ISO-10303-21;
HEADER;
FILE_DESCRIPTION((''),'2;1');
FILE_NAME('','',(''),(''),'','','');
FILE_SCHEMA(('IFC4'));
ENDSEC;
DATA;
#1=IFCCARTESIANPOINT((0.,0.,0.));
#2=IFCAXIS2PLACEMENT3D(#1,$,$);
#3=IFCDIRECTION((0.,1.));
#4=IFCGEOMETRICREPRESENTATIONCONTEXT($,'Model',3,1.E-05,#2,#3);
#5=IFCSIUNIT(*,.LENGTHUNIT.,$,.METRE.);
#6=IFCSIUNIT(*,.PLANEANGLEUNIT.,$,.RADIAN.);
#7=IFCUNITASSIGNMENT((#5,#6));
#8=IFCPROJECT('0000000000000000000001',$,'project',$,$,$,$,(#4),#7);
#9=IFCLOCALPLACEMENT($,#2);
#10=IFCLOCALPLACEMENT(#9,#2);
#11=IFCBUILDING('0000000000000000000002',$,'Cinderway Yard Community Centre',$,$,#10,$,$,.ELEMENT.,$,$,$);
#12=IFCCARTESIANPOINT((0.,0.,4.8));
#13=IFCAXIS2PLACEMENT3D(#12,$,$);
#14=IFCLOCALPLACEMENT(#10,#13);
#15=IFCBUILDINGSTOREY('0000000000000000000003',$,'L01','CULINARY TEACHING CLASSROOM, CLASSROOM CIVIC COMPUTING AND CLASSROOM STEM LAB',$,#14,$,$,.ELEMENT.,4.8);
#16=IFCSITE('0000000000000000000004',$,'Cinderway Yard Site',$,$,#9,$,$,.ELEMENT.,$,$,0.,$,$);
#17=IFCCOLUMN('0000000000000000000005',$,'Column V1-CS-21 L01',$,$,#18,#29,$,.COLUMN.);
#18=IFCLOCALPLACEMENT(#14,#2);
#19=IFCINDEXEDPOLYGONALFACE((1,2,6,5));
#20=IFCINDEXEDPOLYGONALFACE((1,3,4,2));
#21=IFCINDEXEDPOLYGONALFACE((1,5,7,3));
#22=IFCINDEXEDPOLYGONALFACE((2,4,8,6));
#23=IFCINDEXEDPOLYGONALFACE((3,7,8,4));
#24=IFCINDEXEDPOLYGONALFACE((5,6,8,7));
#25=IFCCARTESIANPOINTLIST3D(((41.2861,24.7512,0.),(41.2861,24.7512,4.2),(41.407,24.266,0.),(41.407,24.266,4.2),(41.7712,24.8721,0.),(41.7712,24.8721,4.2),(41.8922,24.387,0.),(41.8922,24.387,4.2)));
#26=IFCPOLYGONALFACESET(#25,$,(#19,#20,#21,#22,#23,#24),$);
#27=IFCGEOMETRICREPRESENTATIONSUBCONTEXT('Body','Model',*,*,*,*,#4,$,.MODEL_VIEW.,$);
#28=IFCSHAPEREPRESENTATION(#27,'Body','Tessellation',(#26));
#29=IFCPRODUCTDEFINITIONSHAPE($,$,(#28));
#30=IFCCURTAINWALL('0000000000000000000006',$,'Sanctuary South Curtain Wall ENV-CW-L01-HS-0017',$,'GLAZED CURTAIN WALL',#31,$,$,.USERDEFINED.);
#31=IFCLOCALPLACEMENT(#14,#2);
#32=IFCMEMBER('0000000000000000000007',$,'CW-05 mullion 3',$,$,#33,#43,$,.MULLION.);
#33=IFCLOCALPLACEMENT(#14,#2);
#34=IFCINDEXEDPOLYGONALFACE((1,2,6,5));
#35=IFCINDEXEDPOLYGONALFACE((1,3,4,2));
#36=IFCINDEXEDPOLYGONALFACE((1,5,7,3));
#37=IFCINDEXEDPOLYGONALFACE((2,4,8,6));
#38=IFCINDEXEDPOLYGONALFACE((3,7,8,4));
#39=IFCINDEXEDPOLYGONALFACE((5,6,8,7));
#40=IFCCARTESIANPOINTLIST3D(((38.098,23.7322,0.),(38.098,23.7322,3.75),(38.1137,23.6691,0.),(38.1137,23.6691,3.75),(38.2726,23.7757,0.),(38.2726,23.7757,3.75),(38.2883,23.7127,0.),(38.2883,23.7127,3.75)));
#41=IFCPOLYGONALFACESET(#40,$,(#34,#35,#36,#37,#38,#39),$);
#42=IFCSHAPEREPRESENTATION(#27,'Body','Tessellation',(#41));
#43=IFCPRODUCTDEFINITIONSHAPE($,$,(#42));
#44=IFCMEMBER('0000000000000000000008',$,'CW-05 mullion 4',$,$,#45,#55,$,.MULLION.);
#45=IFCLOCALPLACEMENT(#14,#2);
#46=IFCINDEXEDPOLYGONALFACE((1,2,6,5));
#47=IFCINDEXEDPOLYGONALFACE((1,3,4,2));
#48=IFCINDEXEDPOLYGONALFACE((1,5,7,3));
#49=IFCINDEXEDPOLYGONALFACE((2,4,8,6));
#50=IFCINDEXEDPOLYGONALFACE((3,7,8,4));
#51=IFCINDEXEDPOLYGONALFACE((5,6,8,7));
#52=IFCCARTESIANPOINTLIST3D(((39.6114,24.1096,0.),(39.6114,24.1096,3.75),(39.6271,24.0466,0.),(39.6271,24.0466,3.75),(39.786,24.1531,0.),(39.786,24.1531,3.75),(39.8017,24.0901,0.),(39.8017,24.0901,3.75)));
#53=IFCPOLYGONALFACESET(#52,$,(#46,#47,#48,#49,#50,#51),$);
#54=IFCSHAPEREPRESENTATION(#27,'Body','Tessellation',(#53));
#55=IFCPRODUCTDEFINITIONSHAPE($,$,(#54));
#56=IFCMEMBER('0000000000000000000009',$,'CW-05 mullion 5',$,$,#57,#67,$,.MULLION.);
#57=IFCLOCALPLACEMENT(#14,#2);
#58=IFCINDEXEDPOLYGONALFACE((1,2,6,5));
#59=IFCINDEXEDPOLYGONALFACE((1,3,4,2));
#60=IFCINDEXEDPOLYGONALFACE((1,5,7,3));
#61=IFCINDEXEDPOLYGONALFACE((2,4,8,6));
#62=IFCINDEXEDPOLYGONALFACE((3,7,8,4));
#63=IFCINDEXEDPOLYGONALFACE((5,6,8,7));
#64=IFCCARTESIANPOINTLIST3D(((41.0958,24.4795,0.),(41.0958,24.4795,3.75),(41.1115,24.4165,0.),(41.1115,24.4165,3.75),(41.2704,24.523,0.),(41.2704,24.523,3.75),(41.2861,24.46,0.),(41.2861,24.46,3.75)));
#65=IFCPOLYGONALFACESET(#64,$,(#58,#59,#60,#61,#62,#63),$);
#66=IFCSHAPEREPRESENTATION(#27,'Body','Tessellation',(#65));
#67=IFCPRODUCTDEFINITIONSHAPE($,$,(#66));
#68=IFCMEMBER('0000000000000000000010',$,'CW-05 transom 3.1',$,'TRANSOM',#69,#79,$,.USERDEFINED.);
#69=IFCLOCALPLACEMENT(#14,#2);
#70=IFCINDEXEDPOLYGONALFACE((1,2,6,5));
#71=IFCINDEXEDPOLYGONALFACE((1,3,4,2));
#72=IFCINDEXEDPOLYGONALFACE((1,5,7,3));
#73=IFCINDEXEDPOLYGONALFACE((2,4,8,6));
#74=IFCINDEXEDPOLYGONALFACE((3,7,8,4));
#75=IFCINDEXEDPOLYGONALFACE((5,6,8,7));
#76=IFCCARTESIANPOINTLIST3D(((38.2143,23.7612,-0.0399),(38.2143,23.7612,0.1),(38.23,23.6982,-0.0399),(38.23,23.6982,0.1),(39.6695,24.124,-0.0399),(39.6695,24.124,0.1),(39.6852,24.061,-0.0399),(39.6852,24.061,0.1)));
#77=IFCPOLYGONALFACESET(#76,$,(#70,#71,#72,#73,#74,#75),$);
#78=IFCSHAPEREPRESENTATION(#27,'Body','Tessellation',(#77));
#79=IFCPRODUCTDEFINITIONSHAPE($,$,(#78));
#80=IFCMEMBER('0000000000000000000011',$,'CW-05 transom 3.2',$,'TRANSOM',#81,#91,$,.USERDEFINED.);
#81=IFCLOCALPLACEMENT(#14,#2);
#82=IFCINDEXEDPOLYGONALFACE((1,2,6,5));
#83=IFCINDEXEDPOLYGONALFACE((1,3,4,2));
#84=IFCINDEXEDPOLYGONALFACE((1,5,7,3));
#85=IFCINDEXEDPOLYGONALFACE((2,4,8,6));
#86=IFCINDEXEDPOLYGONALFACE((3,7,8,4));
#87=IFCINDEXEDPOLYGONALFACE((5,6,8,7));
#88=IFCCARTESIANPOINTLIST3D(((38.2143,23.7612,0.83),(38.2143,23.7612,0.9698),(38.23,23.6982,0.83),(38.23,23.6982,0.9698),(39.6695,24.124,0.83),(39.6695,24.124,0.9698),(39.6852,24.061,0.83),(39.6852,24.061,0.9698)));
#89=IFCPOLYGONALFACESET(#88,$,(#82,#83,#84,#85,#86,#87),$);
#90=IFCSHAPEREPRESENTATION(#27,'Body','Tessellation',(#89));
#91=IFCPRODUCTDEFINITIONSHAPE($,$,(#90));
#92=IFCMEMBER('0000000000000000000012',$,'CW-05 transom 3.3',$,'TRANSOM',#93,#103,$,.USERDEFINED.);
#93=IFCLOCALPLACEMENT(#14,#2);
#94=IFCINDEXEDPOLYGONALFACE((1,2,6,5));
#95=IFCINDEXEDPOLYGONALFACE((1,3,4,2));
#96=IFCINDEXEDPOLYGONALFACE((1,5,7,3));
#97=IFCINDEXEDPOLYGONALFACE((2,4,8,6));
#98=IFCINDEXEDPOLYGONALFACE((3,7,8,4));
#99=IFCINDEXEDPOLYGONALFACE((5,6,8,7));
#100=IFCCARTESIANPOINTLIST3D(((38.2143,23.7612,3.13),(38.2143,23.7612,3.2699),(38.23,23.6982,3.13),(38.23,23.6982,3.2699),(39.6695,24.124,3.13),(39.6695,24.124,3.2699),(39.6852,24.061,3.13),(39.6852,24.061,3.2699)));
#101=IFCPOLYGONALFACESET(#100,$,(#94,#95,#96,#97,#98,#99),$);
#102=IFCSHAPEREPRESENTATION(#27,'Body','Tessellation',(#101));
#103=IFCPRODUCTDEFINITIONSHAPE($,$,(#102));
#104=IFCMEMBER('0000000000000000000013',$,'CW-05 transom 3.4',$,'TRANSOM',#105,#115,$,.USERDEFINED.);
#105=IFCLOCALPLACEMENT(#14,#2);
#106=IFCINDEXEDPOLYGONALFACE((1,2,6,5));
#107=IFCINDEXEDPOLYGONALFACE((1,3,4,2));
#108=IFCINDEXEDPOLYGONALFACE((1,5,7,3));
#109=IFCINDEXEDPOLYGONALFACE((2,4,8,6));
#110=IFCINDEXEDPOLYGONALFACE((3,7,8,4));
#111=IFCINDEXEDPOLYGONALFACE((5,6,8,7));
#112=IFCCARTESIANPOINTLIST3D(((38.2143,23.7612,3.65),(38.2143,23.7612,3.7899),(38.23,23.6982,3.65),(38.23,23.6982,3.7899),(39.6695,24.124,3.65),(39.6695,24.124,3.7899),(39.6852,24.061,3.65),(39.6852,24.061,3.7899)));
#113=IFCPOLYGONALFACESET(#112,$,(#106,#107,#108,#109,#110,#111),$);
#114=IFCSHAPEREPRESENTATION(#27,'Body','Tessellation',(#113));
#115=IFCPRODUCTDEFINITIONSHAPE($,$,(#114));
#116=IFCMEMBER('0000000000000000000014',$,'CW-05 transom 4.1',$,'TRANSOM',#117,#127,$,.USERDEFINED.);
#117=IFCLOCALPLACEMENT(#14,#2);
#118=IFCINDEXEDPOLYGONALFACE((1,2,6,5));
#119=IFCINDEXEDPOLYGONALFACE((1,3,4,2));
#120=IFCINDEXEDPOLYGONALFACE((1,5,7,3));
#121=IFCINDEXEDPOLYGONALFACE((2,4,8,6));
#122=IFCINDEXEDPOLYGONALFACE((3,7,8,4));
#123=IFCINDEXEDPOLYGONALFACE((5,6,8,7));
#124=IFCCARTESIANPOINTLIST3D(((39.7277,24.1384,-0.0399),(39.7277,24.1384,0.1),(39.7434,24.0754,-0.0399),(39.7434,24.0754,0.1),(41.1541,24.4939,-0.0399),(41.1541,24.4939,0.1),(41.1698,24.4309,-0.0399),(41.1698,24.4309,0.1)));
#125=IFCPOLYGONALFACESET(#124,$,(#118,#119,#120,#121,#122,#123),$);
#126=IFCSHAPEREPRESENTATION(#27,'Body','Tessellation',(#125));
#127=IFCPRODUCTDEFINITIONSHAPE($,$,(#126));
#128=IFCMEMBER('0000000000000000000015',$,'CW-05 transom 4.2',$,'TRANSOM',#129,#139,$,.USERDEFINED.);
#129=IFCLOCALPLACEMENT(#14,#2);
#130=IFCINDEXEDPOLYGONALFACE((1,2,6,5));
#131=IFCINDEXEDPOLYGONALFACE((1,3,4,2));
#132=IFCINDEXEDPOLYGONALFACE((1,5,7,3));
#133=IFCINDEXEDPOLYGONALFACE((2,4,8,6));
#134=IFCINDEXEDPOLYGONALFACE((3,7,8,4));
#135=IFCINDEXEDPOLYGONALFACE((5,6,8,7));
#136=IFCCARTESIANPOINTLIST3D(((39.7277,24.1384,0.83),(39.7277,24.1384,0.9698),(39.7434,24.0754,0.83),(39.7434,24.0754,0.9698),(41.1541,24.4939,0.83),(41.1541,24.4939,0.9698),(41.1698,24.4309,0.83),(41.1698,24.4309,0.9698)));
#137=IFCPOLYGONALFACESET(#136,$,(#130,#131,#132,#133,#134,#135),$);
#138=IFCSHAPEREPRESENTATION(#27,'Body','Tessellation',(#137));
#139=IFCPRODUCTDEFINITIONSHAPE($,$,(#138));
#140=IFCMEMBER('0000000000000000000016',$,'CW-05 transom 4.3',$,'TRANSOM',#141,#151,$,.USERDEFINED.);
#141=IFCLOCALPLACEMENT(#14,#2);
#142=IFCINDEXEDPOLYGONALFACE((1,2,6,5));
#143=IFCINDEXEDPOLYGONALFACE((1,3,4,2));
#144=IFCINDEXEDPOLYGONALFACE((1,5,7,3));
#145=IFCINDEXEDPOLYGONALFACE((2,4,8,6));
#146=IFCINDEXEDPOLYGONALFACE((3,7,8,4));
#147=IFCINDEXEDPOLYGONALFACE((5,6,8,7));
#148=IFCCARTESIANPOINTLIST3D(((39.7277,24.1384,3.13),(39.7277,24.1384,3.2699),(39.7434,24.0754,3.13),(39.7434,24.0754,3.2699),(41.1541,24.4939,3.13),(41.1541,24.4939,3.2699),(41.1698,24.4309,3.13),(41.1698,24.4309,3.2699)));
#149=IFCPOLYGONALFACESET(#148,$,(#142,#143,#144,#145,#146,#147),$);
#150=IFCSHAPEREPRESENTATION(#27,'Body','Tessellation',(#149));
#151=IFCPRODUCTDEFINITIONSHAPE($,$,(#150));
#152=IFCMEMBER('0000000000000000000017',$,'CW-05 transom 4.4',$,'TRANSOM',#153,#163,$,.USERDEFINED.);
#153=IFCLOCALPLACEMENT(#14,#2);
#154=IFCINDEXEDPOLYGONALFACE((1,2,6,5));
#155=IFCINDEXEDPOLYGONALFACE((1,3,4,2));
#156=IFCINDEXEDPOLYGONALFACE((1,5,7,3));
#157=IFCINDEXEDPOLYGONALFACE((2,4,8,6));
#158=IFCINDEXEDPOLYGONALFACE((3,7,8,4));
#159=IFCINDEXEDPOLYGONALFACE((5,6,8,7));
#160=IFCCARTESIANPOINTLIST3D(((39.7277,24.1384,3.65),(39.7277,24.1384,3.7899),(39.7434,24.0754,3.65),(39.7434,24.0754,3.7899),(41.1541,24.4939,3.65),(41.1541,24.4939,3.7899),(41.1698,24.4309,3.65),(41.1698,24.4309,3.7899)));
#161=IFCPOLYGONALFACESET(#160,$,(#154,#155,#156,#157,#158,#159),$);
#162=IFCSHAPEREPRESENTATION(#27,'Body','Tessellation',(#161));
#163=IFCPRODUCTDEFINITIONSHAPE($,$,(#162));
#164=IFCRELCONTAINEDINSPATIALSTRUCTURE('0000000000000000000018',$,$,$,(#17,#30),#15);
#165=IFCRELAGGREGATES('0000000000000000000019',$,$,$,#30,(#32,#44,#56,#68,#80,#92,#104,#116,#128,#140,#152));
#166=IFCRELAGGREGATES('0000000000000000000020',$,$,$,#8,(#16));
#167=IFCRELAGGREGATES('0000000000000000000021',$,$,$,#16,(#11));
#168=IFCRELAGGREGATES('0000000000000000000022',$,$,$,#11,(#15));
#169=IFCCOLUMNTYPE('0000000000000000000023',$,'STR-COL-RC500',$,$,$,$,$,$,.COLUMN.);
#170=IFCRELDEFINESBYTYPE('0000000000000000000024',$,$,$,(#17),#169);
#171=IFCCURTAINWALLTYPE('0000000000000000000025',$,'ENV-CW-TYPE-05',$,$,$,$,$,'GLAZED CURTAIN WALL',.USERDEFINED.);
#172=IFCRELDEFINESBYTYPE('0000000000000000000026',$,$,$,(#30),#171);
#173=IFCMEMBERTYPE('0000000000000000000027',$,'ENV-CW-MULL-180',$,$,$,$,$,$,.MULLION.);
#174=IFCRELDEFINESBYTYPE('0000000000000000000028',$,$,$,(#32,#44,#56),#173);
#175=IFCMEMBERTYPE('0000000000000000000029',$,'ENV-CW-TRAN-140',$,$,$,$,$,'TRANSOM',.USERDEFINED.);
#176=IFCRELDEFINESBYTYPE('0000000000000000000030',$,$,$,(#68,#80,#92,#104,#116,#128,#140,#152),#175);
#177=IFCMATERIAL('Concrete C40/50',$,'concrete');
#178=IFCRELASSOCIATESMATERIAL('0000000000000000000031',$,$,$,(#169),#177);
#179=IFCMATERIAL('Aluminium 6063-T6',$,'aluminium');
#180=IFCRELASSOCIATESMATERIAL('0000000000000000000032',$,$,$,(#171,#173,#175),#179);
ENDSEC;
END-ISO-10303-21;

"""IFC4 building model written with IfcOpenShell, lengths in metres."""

from ifc_helpers import new_model, si_unit, direction, frame, origin, origin_2d, place, context, subcontext, project, spatial, rectangle, extrude, material, material_profile, profile_set, type_object, element, aggregate, save


model = new_model("IFC4")

# Units and contexts
model_context = context("Model", 3, precision=1e-05, world=origin(), true_north=direction((0.0, 1.0)))
body_context = subcontext(model_context, "Body", "Model", "MODEL_VIEW")
ifc_project = project(units=[si_unit("LENGTHUNIT", "METRE"), si_unit("PLANEANGLEUNIT", "RADIAN")], contexts=[model_context])

# Site, building, storey
site_placement = place(None, origin())
site = spatial("IfcSite", under=ifc_project, at=site_placement, Name="Cinderway Yard Site", CompositionType="ELEMENT", RefElevation=0.0)
building_placement = place(site_placement, origin())
building = spatial("IfcBuilding", under=site, at=building_placement, Name="Cinderway Yard Community Centre", CompositionType="ELEMENT")
storey_placement = place(building_placement, frame((0.0, 0.0, 4.8)))
storey = spatial("IfcBuildingStorey", under=building, at=storey_placement, Name="L01", Description="CULINARY TEACHING CLASSROOM, CLASSROOM CIVIC COMPUTING AND CLASSROOM STEM LAB", CompositionType="ELEMENT", Elevation=4.8)

# Column
ifc_material_1 = material(Name="Concrete C40/50", Category="concrete")
ifc_material_profile_1 = material_profile(ifc_material_1, rectangle(XDim=0.5, YDim=0.5, at=origin_2d()), Name="Concrete C40/50")
ifc_profile_set_1 = profile_set([ifc_material_profile_1], Name="Concrete C40/50")
column_type = type_object("IfcColumnType", Name="STR-COL-RC500", PredefinedType="COLUMN", material=ifc_profile_set_1)
column_placement = place(storey_placement, frame((41.5891, 24.5691, 0.0), z_axis=(0.0, 0.0, 1.0), x_axis=(0.970296, 0.241922, 0.0)))
element("IfcColumn", 1, at=column_placement, inside=storey, type_object=column_type, Name="Column V1-CS-21 L01", PredefinedType="COLUMN", context=body_context, shape_type="SweptSolid", body=[
    extrude(rectangle(XDim=0.5, YDim=0.5, at=origin_2d()), origin(), (0.0, 0.0, 1.0), 4.2),
])

# Curtain wall, members
ifc_material_2 = material(Name="Aluminium 6063-T6", Category="aluminium")
curtain_wall_type = type_object("IfcCurtainWallType", Name="ENV-CW-TYPE-05", ElementType="GLAZED CURTAIN WALL", PredefinedType="USERDEFINED", material=ifc_material_2)
curtain_wall_placement = place(storey_placement, origin())
curtain_wall = element("IfcCurtainWall", 2, at=curtain_wall_placement, inside=storey, type_object=curtain_wall_type, Name="Sanctuary South Curtain Wall ENV-CW-L01-HS-0017", ObjectType="GLAZED CURTAIN WALL", PredefinedType="USERDEFINED")
ifc_material_profile_2 = material_profile(ifc_material_2, rectangle(XDim=0.0649, YDim=0.1799, at=origin_2d()), Name="Aluminium 6063-T6")
ifc_profile_set_2 = profile_set([ifc_material_profile_2], Name="Aluminium 6063-T6")
member_type_1 = type_object("IfcMemberType", Name="ENV-CW-MULL-180", PredefinedType="MULLION", material=ifc_profile_set_2)
member_1_placement = place(storey_placement, frame((38.1931, 23.7224, 0.0), z_axis=(0.0, 0.0, 1.0), x_axis=(-0.241857, 0.970312, 0.0)))
member_1 = element("IfcMember", 3, at=member_1_placement, type_object=member_type_1, Name="CW-05 mullion 3", PredefinedType="MULLION", context=body_context, shape_type="SweptSolid", body=[
    extrude(rectangle(XDim=0.0649, YDim=0.1799, at=origin_2d()), origin(), (0.0, 0.0, 1.0), 3.75),
])
member_2_placement = place(storey_placement, frame((39.7065, 24.0999, 0.0), z_axis=(0.0, 0.0, 1.0), x_axis=(-0.241857, 0.970312, 0.0)))
member_2 = element("IfcMember", 4, at=member_2_placement, type_object=member_type_1, Name="CW-05 mullion 4", PredefinedType="MULLION", context=body_context, shape_type="SweptSolid", body=[
    extrude(rectangle(XDim=0.0649, YDim=0.1799, at=origin_2d()), origin(), (0.0, 0.0, 1.0), 3.75),
])
member_3_placement = place(storey_placement, frame((41.1909, 24.4697, 0.0), z_axis=(0.0, 0.0, 1.0), x_axis=(-0.241857, 0.970312, 0.0)))
member_3 = element("IfcMember", 5, at=member_3_placement, type_object=member_type_1, Name="CW-05 mullion 5", PredefinedType="MULLION", context=body_context, shape_type="SweptSolid", body=[
    extrude(rectangle(XDim=0.0649, YDim=0.1799, at=origin_2d()), origin(), (0.0, 0.0, 1.0), 3.75),
])
ifc_material_profile_3 = material_profile(ifc_material_2, rectangle(XDim=0.0649, YDim=0.1399, at=origin_2d()), Name="Aluminium 6063-T6")
ifc_profile_set_3 = profile_set([ifc_material_profile_3], Name="Aluminium 6063-T6")
member_type_2 = type_object("IfcMemberType", Name="ENV-CW-TRAN-140", ElementType="TRANSOM", PredefinedType="USERDEFINED", material=ifc_profile_set_3)
member_4_placement = place(storey_placement, frame((38.2222, 23.7297, 0.03), z_axis=(0.970305, 0.241884, 0.0), x_axis=(-0.241884, 0.970305, 0.0)))
member_4 = element("IfcMember", 6, at=member_4_placement, type_object=member_type_2, Name="CW-05 transom 3.1", ObjectType="TRANSOM", PredefinedType="USERDEFINED", context=body_context, shape_type="SweptSolid", body=[
    extrude(rectangle(XDim=0.0649, YDim=0.1399, at=origin_2d()), origin(), (0.0, 0.0, 1.0), 1.4998),
])
member_5_placement = place(storey_placement, frame((38.2222, 23.7297, 0.8999), z_axis=(0.970305, 0.241884, 0.0), x_axis=(-0.241884, 0.970305, 0.0)))
member_5 = element("IfcMember", 7, at=member_5_placement, type_object=member_type_2, Name="CW-05 transom 3.2", ObjectType="TRANSOM", PredefinedType="USERDEFINED", context=body_context, shape_type="SweptSolid", body=[
    extrude(rectangle(XDim=0.0649, YDim=0.1399, at=origin_2d()), origin(), (0.0, 0.0, 1.0), 1.4998),
])
member_6_placement = place(storey_placement, frame((38.2222, 23.7297, 3.2), z_axis=(0.970305, 0.241884, 0.0), x_axis=(-0.241884, 0.970305, 0.0)))
member_6 = element("IfcMember", 8, at=member_6_placement, type_object=member_type_2, Name="CW-05 transom 3.3", ObjectType="TRANSOM", PredefinedType="USERDEFINED", context=body_context, shape_type="SweptSolid", body=[
    extrude(rectangle(XDim=0.0649, YDim=0.1399, at=origin_2d()), origin(), (0.0, 0.0, 1.0), 1.4998),
])
member_7_placement = place(storey_placement, frame((38.2222, 23.7297, 3.72), z_axis=(0.970305, 0.241884, 0.0), x_axis=(-0.241884, 0.970305, 0.0)))
member_7 = element("IfcMember", 9, at=member_7_placement, type_object=member_type_2, Name="CW-05 transom 3.4", ObjectType="TRANSOM", PredefinedType="USERDEFINED", context=body_context, shape_type="SweptSolid", body=[
    extrude(rectangle(XDim=0.0649, YDim=0.1399, at=origin_2d()), origin(), (0.0, 0.0, 1.0), 1.4998),
])
member_8_placement = place(storey_placement, frame((39.7356, 24.1069, 0.03), z_axis=(0.970318, 0.241832, 0.0), x_axis=(-0.241832, 0.970318, 0.0)))
member_8 = element("IfcMember", 10, at=member_8_placement, type_object=member_type_2, Name="CW-05 transom 4.1", ObjectType="TRANSOM", PredefinedType="USERDEFINED", context=body_context, shape_type="SweptSolid", body=[
    extrude(rectangle(XDim=0.0649, YDim=0.1399, at=origin_2d()), origin(), (0.0, 0.0, 1.0), 1.47),
])
member_9_placement = place(storey_placement, frame((39.7356, 24.1069, 0.8999), z_axis=(0.970318, 0.241832, 0.0), x_axis=(-0.241832, 0.970318, 0.0)))
member_9 = element("IfcMember", 11, at=member_9_placement, type_object=member_type_2, Name="CW-05 transom 4.2", ObjectType="TRANSOM", PredefinedType="USERDEFINED", context=body_context, shape_type="SweptSolid", body=[
    extrude(rectangle(XDim=0.0649, YDim=0.1399, at=origin_2d()), origin(), (0.0, 0.0, 1.0), 1.47),
])
member_10_placement = place(storey_placement, frame((39.7356, 24.1069, 3.2), z_axis=(0.970318, 0.241832, 0.0), x_axis=(-0.241832, 0.970318, 0.0)))
member_10 = element("IfcMember", 12, at=member_10_placement, type_object=member_type_2, Name="CW-05 transom 4.3", ObjectType="TRANSOM", PredefinedType="USERDEFINED", context=body_context, shape_type="SweptSolid", body=[
    extrude(rectangle(XDim=0.0649, YDim=0.1399, at=origin_2d()), origin(), (0.0, 0.0, 1.0), 1.47),
])
member_11_placement = place(storey_placement, frame((39.7356, 24.1069, 3.72), z_axis=(0.970318, 0.241832, 0.0), x_axis=(-0.241832, 0.970318, 0.0)))
member_11 = element("IfcMember", 13, at=member_11_placement, type_object=member_type_2, Name="CW-05 transom 4.4", ObjectType="TRANSOM", PredefinedType="USERDEFINED", context=body_context, shape_type="SweptSolid", body=[
    extrude(rectangle(XDim=0.0649, YDim=0.1399, at=origin_2d()), origin(), (0.0, 0.0, 1.0), 1.47),
])

aggregate(curtain_wall, [member_1, member_2, member_3, member_4, member_5, member_6, member_7, member_8, member_9, member_10, member_11])

save(model, "model.ifc")
